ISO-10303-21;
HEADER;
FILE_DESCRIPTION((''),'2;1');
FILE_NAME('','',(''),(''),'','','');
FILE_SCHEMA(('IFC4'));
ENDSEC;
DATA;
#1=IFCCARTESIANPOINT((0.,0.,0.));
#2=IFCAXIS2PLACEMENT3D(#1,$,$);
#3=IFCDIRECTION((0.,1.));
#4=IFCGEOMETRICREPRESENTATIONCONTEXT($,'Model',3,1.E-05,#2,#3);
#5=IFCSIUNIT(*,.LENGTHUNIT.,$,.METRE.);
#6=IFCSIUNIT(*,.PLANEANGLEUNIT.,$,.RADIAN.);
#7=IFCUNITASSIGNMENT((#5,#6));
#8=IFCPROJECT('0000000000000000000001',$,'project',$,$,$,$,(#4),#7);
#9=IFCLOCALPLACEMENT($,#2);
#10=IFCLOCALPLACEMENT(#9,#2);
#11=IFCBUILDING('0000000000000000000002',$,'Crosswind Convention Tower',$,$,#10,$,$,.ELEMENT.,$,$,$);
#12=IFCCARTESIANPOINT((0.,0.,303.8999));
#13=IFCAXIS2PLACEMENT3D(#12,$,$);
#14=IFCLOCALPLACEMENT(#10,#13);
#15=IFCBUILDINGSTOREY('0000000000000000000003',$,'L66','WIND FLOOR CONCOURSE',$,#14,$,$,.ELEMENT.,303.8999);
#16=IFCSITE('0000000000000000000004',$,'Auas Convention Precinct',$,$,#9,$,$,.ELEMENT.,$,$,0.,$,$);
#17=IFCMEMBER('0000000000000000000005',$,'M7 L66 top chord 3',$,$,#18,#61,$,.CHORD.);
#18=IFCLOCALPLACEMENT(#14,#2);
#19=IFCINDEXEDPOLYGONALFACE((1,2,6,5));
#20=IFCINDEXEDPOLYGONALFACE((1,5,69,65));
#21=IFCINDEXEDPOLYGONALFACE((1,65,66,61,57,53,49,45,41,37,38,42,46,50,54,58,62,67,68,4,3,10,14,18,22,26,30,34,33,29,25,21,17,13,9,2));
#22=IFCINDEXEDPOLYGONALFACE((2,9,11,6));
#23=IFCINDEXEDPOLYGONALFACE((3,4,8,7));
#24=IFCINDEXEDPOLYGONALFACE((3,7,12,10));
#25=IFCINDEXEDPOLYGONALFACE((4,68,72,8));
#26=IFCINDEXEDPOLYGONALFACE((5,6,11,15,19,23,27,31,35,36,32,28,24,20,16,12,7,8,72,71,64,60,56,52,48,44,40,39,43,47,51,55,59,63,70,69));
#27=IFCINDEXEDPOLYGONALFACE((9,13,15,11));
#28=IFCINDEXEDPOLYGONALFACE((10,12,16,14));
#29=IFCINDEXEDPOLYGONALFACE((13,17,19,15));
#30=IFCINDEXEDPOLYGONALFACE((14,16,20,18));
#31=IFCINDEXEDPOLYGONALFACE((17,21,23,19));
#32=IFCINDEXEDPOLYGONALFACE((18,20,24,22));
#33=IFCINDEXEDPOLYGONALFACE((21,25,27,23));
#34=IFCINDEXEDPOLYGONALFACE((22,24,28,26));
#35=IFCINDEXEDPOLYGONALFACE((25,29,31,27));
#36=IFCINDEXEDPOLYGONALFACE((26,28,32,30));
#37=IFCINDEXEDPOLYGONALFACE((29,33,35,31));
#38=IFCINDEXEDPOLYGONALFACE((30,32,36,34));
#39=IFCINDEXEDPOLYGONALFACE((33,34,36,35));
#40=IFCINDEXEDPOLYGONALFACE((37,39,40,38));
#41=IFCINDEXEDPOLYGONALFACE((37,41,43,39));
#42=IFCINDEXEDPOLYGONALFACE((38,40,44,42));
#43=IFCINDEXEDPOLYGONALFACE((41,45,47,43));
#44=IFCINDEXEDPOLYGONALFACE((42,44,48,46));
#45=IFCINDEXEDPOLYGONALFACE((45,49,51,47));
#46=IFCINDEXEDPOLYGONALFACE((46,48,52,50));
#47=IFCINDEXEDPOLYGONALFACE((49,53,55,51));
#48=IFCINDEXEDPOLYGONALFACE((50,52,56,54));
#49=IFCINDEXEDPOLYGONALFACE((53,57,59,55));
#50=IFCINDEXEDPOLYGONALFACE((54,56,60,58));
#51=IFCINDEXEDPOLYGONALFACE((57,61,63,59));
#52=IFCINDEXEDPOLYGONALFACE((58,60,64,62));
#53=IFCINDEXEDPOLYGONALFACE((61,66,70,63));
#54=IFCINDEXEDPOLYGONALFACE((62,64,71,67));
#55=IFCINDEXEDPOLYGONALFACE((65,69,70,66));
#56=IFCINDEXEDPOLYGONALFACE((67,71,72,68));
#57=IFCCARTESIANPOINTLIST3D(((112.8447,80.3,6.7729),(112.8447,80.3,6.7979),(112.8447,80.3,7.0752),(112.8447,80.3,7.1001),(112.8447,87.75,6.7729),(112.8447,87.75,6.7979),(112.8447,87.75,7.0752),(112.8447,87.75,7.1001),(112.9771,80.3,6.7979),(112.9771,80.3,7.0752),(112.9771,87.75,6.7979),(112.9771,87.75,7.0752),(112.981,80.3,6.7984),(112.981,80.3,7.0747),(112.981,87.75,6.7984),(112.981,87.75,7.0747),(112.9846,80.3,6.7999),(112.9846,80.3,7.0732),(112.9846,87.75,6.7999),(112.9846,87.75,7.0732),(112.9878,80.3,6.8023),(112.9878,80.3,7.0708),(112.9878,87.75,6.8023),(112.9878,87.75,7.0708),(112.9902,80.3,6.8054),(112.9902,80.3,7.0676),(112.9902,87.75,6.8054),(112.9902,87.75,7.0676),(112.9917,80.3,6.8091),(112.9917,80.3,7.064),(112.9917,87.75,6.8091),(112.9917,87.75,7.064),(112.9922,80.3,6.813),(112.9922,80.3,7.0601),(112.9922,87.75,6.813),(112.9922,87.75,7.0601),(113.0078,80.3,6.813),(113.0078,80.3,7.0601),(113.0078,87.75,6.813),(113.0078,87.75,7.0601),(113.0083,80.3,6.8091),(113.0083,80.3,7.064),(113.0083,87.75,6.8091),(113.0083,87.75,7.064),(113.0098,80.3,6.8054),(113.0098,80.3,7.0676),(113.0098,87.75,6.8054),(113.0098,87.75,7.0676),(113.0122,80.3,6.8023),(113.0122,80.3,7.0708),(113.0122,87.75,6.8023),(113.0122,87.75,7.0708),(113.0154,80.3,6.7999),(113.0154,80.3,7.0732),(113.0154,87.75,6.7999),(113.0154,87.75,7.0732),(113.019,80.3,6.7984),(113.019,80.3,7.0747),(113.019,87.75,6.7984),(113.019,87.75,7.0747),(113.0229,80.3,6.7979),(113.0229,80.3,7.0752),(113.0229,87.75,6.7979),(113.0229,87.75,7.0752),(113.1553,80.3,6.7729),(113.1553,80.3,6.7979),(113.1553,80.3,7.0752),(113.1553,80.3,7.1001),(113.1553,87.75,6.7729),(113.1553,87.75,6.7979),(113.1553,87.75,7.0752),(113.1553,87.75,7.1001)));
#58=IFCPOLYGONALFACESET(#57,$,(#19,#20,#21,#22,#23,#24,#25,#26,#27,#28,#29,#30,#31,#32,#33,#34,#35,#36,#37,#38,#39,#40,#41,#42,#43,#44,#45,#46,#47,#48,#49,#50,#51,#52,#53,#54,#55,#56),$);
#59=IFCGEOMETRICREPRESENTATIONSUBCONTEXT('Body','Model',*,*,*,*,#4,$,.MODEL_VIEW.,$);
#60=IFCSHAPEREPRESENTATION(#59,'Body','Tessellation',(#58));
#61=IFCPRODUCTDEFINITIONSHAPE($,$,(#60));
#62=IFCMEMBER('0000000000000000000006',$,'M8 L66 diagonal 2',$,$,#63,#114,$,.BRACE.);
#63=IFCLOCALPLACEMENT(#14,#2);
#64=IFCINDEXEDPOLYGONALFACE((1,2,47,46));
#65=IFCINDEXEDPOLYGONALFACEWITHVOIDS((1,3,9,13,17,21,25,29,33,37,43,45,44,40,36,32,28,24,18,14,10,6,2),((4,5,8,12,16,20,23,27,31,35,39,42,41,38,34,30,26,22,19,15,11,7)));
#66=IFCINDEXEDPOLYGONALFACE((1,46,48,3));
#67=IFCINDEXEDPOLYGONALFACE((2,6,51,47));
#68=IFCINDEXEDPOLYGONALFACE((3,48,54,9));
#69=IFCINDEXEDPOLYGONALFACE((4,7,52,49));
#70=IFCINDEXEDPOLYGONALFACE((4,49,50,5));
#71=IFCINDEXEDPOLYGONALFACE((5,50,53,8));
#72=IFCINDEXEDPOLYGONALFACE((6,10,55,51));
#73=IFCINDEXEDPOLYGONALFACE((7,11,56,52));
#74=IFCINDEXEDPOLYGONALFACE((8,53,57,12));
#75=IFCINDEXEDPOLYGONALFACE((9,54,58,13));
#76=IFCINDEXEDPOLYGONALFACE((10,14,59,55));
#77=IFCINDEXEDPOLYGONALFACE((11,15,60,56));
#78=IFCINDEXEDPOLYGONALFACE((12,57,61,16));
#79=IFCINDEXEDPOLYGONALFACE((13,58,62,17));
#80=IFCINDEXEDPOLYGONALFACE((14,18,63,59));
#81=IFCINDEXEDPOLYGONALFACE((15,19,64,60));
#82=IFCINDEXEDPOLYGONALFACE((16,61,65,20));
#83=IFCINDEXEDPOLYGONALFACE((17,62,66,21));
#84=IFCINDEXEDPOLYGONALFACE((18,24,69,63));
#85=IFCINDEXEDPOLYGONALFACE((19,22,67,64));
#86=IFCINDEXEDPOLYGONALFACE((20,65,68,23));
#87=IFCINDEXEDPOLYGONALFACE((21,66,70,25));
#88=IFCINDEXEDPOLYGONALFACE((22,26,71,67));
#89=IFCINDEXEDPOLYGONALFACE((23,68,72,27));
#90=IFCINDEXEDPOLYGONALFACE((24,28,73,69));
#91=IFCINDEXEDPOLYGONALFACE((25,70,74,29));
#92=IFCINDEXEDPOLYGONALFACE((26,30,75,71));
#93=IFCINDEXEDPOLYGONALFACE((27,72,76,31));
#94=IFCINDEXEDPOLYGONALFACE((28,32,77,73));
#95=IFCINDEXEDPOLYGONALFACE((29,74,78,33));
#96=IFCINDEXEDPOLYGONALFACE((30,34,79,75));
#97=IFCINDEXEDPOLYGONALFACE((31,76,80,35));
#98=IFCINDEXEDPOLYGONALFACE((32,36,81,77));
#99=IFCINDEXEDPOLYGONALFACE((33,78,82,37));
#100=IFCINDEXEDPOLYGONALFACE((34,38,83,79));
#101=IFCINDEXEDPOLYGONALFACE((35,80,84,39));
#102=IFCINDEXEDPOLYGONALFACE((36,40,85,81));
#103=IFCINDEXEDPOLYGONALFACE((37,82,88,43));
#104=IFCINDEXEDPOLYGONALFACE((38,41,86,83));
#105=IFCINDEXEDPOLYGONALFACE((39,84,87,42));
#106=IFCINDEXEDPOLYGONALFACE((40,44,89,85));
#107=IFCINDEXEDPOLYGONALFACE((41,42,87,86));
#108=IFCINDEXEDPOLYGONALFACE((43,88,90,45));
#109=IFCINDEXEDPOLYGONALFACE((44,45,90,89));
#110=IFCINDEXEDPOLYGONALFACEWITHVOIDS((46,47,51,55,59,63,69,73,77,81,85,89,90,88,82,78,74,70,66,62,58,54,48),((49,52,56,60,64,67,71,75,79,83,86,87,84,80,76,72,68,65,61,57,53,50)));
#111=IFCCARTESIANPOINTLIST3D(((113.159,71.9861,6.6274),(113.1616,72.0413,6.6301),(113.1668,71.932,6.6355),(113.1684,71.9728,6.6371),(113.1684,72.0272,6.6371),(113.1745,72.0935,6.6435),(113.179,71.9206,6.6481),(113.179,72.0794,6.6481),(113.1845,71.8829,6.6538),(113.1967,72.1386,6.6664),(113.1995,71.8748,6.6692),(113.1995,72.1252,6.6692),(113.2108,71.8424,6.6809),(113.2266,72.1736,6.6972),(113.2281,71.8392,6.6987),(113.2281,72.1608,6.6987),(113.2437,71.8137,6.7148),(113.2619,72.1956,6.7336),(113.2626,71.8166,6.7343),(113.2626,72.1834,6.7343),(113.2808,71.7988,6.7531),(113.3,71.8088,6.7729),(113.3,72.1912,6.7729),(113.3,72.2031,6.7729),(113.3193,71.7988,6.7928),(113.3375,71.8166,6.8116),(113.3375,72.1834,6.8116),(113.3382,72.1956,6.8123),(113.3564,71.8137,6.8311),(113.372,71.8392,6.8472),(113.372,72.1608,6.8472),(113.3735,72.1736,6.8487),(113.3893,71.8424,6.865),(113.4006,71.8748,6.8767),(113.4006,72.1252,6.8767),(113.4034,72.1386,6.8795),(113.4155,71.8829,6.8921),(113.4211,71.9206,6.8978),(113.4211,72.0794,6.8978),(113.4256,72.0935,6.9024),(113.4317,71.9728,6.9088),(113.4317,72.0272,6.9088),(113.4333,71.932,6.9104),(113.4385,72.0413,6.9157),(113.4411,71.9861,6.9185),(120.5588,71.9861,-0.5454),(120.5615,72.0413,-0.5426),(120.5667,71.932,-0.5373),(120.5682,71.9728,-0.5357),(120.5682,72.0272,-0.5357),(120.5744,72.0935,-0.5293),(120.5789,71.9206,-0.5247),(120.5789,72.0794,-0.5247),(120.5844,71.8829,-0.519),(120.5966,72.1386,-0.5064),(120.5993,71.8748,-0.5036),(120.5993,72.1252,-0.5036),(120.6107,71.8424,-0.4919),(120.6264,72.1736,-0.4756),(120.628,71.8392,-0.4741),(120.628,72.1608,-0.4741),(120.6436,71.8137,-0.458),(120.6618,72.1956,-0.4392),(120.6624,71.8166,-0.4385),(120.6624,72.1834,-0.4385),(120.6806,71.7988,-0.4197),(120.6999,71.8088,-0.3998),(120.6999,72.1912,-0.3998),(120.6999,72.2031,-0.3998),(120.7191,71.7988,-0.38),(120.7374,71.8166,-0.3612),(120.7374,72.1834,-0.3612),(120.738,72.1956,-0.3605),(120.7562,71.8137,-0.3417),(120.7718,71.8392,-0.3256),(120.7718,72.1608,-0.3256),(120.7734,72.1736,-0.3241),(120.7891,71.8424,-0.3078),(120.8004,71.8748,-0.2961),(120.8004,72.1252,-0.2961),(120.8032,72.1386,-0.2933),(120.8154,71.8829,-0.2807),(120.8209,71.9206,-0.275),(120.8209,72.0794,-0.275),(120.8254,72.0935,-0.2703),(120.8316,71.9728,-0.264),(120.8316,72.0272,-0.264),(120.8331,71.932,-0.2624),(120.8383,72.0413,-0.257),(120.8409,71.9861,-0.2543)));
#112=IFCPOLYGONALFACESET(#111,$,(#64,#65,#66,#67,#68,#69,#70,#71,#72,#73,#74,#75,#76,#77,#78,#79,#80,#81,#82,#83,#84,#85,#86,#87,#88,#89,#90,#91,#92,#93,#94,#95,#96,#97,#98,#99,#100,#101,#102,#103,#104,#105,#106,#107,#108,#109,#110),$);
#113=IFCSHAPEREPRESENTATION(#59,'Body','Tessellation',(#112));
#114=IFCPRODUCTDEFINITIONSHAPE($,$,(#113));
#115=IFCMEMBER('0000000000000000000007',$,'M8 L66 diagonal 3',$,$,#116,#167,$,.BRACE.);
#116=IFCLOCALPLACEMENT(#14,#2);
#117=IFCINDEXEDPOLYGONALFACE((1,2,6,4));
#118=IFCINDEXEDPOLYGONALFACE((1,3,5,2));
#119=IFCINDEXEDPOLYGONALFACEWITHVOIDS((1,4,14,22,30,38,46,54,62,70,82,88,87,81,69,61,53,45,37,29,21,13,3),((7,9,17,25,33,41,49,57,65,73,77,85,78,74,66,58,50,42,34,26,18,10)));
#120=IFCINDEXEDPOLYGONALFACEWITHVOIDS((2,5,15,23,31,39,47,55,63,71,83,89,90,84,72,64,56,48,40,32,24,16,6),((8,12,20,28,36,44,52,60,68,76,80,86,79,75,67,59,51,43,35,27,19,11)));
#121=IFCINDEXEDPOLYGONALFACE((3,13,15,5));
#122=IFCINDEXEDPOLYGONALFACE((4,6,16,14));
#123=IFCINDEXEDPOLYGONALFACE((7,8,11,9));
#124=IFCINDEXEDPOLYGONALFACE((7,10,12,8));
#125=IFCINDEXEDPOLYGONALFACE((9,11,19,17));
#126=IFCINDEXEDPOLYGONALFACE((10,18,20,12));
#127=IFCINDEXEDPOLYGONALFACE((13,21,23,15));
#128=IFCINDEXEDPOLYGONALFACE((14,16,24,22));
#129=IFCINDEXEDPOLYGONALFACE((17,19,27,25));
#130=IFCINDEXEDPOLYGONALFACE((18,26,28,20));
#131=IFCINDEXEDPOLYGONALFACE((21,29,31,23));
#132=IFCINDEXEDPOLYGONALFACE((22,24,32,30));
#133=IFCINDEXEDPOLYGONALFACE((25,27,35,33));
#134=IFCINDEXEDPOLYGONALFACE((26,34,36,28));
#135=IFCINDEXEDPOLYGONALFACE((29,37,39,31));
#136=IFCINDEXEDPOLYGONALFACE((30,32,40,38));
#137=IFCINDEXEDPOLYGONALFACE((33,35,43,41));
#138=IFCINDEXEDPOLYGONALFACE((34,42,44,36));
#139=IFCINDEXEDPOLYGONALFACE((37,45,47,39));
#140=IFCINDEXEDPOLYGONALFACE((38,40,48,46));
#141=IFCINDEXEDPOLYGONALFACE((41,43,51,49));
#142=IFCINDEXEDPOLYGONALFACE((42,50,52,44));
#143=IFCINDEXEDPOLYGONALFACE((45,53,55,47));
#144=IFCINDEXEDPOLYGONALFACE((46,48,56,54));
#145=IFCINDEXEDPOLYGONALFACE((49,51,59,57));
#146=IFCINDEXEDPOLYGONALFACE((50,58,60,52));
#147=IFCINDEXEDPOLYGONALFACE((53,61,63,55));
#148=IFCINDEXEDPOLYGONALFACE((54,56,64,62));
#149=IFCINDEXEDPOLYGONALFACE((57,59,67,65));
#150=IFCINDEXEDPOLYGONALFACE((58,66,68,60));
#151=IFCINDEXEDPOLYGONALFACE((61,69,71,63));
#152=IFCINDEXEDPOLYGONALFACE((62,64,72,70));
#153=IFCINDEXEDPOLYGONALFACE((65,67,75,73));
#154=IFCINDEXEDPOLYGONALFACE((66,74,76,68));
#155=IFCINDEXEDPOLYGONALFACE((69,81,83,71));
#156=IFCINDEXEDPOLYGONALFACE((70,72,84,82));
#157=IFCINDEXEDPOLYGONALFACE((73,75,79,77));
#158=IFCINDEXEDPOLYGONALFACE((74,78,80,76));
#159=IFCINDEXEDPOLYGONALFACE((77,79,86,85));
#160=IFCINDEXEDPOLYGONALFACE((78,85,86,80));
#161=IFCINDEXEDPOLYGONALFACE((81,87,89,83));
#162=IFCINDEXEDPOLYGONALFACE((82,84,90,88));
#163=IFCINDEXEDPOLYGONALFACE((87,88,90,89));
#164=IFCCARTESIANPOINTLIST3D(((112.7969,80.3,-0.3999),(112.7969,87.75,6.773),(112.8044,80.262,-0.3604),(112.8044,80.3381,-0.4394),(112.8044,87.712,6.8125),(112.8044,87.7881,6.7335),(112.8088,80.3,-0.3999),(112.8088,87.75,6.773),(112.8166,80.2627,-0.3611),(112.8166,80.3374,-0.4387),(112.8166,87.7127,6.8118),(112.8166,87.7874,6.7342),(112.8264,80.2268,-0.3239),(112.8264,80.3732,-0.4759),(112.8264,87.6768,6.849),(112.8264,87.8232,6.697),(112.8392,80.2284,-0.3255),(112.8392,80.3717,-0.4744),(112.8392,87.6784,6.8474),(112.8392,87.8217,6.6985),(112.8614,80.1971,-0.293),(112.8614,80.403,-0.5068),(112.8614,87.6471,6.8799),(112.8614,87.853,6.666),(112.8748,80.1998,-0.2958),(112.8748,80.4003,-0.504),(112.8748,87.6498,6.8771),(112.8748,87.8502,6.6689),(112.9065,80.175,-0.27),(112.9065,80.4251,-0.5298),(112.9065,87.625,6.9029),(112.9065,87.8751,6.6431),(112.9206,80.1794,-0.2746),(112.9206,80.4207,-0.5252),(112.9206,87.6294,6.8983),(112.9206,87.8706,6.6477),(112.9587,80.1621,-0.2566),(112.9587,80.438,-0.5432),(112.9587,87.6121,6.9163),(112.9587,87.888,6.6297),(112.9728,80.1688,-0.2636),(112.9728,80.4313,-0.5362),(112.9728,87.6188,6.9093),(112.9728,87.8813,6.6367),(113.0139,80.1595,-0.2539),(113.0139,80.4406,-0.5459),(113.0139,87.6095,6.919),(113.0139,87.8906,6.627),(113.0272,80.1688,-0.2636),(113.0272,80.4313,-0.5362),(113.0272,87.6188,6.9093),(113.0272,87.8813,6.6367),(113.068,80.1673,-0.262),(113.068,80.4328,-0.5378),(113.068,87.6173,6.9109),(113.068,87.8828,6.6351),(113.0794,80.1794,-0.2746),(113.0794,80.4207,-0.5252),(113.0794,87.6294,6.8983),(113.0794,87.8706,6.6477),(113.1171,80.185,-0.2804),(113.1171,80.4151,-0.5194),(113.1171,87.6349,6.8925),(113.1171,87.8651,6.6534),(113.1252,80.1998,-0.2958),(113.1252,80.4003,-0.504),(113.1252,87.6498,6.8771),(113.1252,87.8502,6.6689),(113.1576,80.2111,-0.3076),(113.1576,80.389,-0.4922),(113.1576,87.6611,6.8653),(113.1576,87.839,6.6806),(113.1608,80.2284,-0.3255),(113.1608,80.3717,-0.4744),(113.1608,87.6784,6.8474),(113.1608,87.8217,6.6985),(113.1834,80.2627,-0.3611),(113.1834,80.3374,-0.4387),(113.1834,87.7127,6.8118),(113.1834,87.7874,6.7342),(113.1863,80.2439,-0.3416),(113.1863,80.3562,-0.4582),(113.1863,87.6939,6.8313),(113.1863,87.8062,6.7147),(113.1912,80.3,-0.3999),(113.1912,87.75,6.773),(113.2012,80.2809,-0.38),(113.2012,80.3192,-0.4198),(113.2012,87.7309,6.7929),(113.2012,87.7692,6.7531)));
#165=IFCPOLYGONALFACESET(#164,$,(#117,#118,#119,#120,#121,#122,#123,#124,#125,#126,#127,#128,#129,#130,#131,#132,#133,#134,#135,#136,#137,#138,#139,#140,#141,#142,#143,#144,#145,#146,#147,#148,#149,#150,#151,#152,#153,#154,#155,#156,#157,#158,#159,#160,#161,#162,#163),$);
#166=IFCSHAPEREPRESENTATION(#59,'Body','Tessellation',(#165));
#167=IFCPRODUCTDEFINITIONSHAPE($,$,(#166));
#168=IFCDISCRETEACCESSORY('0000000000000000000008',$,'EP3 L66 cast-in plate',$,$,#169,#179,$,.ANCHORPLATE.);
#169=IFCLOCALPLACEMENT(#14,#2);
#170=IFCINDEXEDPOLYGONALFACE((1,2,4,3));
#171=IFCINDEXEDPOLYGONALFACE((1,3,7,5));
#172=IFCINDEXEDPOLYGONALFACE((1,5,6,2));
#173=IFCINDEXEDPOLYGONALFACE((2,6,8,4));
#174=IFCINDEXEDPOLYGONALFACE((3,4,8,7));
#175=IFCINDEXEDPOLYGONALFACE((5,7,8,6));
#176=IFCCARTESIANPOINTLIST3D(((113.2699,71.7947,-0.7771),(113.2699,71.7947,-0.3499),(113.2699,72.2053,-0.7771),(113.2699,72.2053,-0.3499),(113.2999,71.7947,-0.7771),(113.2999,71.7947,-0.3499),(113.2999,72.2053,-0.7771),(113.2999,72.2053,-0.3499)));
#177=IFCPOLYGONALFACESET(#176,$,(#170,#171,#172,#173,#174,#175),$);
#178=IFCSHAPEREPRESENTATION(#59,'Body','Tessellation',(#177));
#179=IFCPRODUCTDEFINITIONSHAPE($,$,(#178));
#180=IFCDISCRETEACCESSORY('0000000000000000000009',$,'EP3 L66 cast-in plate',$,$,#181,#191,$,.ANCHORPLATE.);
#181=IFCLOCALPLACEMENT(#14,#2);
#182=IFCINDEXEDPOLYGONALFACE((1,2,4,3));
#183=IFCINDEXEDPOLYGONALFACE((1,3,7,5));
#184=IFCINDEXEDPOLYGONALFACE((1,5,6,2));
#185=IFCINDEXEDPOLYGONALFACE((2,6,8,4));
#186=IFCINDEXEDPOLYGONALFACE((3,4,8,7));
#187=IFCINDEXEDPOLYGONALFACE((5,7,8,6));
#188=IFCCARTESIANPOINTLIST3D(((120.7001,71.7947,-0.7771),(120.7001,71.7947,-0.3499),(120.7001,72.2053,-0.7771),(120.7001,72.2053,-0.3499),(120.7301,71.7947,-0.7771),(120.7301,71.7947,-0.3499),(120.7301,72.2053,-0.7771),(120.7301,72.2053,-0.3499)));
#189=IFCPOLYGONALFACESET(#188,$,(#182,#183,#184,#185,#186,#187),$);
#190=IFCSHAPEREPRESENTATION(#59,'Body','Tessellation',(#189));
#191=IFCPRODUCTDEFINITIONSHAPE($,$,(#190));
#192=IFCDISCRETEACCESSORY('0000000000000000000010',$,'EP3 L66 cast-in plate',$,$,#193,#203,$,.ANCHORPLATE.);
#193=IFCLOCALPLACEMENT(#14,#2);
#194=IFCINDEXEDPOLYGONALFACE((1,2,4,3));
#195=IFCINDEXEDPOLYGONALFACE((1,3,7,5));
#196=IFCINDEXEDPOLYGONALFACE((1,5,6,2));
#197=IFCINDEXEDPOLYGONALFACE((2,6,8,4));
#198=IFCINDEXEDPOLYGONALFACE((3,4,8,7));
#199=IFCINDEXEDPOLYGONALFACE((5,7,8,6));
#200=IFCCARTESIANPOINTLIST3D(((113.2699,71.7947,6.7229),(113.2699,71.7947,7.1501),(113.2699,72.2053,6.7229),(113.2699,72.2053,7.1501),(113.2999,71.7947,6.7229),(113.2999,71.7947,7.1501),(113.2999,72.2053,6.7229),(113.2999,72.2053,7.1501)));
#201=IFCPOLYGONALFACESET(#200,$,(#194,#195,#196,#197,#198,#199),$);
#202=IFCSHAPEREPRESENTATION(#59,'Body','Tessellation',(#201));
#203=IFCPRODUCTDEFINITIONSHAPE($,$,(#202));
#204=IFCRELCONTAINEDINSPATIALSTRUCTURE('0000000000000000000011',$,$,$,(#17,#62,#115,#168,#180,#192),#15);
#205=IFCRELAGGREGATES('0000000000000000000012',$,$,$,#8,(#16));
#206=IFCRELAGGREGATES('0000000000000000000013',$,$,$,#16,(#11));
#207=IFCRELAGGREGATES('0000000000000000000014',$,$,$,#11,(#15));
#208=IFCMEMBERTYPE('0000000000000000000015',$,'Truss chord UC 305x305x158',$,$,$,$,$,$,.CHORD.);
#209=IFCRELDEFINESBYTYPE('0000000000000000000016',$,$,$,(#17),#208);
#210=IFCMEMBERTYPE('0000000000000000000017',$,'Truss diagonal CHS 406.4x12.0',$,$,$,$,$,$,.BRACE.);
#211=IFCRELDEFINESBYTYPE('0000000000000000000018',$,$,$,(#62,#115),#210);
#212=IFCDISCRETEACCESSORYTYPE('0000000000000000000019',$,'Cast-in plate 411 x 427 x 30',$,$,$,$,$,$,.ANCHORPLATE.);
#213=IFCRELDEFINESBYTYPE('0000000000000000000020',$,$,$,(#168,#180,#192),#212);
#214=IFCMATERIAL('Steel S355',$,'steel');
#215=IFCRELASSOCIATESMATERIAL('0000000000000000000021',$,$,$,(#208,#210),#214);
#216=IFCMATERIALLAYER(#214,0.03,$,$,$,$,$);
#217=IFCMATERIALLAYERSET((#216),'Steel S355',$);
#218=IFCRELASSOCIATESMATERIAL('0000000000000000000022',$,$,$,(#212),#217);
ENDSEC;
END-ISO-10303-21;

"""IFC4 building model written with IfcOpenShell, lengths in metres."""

from ifc_helpers import new_model, si_unit, direction, frame, origin, origin_2d, place, context, subcontext, project, spatial, rectangle, hollow_circle, i_section, extrude, material, layer, layer_set, material_profile, profile_set, type_object, element, save


model = new_model("IFC4")

# Units and contexts
model_context = context("Model", 3, precision=1e-05, world=origin(), true_north=direction((0.0, 1.0)))
body_context = subcontext(model_context, "Body", "Model", "MODEL_VIEW")
ifc_project = project(units=[si_unit("LENGTHUNIT", "METRE"), si_unit("PLANEANGLEUNIT", "RADIAN")], contexts=[model_context])

# Site, building, storey
site_placement = place(None, origin())
site = spatial("IfcSite", under=ifc_project, at=site_placement, Name="Auas Convention Precinct", CompositionType="ELEMENT", RefElevation=0.0)
building_placement = place(site_placement, origin())
building = spatial("IfcBuilding", under=site, at=building_placement, Name="Crosswind Convention Tower", CompositionType="ELEMENT")
storey_placement = place(building_placement, frame((0.0, 0.0, 303.8999)))
storey = spatial("IfcBuildingStorey", under=building, at=storey_placement, Name="L66", Description="WIND FLOOR CONCOURSE", CompositionType="ELEMENT", Elevation=303.8999)

# Shared definitions
ifc_material_1 = material(Name="Steel S355", Category="steel")

# Members
ifc_material_profile_1 = material_profile(ifc_material_1, i_section(OverallWidth=0.3105, OverallDepth=0.3271, WebThickness=0.0156, FlangeThickness=0.0249, FilletRadius=0.0151, at=origin_2d()), Name="UC 305x305x158")
ifc_profile_set_1 = profile_set([ifc_material_profile_1], Name="Steel S355")
member_type_1 = type_object("IfcMemberType", Name="Truss chord UC 305x305x158", PredefinedType="CHORD", material=ifc_profile_set_1)
for number, where, z_axis, x_axis, name in (
    (1, (113.0, 80.3, 6.9365), (0.0, 1.0, 0.0), (-1.0, 0.0, 0.0), "M7 L66 top chord 3"),
):
    element("IfcMember", number, at=place(storey_placement, frame(where, z_axis=z_axis, x_axis=x_axis)), inside=storey, type_object=member_type_1, Name=name, PredefinedType="CHORD", context=body_context, shape_type="SweptSolid", body=[
        extrude(i_section(OverallWidth=0.3105, OverallDepth=0.3271, WebThickness=0.0156, FlangeThickness=0.0249, FilletRadius=0.0151, at=origin_2d()), origin(), (0.0, 0.0, 1.0), 7.45),
    ])
ifc_material_profile_2 = material_profile(ifc_material_1, hollow_circle(Radius=0.2031, WallThickness=0.012, at=origin_2d()), Name="CHS 406.4x12.0")
ifc_profile_set_2 = profile_set([ifc_material_profile_2], Name="Steel S355")
member_type_2 = type_object("IfcMemberType", Name="Truss diagonal CHS 406.4x12.0", PredefinedType="BRACE", material=ifc_profile_set_2)
member_1_placement = place(storey_placement, frame((113.3, 72.0, 6.7729), z_axis=(0.718037, 0.0, -0.696005), x_axis=(0.0, 1.0, 0.0)))
element("IfcMember", 2, at=member_1_placement, inside=storey, type_object=member_type_2, Name="M8 L66 diagonal 2", PredefinedType="BRACE", context=body_context, shape_type="SweptSolid", body=[
    extrude(hollow_circle(Radius=0.2031, WallThickness=0.012, at=origin_2d()), origin(), (0.0, 0.0, 1.0), 10.3057),
])
member_2_placement = place(storey_placement, frame((113.0, 80.3, -0.3999), z_axis=(0.0, 0.720377, 0.693583), x_axis=(-1.0, 0.0, 0.0)))
element("IfcMember", 3, at=member_2_placement, inside=storey, type_object=member_type_2, Name="M8 L66 diagonal 3", PredefinedType="BRACE", context=body_context, shape_type="SweptSolid", body=[
    extrude(hollow_circle(Radius=0.2031, WallThickness=0.012, at=origin_2d()), origin(), (0.0, 0.0, 1.0), 10.3418),
])

# Discrete accessories
ifc_layer = layer(ifc_material_1, 0.03)
ifc_layer_set = layer_set([ifc_layer], Name="Steel S355")
discrete_accessory_type_1 = type_object("IfcDiscreteAccessoryType", Name="Cast-in plate 411 x 427 x 30", PredefinedType="ANCHORPLATE", material=ifc_layer_set)
for number, where, z_axis, x_axis, name in (
    (4, (113.2849, 72.0, -0.7771), (0.0, 0.0, 1.0), (1.0, 0.0, 0.0), "EP3 L66 cast-in plate"),
    (5, (120.7151, 72.0, -0.7771), (0.0, 0.0, 1.0), (1.0, 0.0, 0.0), "EP3 L66 cast-in plate"),
    (6, (113.2849, 72.0, 6.7229), (0.0, 0.0, 1.0), (1.0, 0.0, 0.0), "EP3 L66 cast-in plate"),
):
    element("IfcDiscreteAccessory", number, at=place(storey_placement, frame(where, z_axis=z_axis, x_axis=x_axis)), inside=storey, type_object=discrete_accessory_type_1, Name=name, PredefinedType="ANCHORPLATE", context=body_context, shape_type="SweptSolid", body=[
        extrude(rectangle(XDim=0.03, YDim=0.4106, at=origin_2d()), origin(), (0.0, 0.0, 1.0), 0.4272),
    ])

save(model, "model.ifc")
